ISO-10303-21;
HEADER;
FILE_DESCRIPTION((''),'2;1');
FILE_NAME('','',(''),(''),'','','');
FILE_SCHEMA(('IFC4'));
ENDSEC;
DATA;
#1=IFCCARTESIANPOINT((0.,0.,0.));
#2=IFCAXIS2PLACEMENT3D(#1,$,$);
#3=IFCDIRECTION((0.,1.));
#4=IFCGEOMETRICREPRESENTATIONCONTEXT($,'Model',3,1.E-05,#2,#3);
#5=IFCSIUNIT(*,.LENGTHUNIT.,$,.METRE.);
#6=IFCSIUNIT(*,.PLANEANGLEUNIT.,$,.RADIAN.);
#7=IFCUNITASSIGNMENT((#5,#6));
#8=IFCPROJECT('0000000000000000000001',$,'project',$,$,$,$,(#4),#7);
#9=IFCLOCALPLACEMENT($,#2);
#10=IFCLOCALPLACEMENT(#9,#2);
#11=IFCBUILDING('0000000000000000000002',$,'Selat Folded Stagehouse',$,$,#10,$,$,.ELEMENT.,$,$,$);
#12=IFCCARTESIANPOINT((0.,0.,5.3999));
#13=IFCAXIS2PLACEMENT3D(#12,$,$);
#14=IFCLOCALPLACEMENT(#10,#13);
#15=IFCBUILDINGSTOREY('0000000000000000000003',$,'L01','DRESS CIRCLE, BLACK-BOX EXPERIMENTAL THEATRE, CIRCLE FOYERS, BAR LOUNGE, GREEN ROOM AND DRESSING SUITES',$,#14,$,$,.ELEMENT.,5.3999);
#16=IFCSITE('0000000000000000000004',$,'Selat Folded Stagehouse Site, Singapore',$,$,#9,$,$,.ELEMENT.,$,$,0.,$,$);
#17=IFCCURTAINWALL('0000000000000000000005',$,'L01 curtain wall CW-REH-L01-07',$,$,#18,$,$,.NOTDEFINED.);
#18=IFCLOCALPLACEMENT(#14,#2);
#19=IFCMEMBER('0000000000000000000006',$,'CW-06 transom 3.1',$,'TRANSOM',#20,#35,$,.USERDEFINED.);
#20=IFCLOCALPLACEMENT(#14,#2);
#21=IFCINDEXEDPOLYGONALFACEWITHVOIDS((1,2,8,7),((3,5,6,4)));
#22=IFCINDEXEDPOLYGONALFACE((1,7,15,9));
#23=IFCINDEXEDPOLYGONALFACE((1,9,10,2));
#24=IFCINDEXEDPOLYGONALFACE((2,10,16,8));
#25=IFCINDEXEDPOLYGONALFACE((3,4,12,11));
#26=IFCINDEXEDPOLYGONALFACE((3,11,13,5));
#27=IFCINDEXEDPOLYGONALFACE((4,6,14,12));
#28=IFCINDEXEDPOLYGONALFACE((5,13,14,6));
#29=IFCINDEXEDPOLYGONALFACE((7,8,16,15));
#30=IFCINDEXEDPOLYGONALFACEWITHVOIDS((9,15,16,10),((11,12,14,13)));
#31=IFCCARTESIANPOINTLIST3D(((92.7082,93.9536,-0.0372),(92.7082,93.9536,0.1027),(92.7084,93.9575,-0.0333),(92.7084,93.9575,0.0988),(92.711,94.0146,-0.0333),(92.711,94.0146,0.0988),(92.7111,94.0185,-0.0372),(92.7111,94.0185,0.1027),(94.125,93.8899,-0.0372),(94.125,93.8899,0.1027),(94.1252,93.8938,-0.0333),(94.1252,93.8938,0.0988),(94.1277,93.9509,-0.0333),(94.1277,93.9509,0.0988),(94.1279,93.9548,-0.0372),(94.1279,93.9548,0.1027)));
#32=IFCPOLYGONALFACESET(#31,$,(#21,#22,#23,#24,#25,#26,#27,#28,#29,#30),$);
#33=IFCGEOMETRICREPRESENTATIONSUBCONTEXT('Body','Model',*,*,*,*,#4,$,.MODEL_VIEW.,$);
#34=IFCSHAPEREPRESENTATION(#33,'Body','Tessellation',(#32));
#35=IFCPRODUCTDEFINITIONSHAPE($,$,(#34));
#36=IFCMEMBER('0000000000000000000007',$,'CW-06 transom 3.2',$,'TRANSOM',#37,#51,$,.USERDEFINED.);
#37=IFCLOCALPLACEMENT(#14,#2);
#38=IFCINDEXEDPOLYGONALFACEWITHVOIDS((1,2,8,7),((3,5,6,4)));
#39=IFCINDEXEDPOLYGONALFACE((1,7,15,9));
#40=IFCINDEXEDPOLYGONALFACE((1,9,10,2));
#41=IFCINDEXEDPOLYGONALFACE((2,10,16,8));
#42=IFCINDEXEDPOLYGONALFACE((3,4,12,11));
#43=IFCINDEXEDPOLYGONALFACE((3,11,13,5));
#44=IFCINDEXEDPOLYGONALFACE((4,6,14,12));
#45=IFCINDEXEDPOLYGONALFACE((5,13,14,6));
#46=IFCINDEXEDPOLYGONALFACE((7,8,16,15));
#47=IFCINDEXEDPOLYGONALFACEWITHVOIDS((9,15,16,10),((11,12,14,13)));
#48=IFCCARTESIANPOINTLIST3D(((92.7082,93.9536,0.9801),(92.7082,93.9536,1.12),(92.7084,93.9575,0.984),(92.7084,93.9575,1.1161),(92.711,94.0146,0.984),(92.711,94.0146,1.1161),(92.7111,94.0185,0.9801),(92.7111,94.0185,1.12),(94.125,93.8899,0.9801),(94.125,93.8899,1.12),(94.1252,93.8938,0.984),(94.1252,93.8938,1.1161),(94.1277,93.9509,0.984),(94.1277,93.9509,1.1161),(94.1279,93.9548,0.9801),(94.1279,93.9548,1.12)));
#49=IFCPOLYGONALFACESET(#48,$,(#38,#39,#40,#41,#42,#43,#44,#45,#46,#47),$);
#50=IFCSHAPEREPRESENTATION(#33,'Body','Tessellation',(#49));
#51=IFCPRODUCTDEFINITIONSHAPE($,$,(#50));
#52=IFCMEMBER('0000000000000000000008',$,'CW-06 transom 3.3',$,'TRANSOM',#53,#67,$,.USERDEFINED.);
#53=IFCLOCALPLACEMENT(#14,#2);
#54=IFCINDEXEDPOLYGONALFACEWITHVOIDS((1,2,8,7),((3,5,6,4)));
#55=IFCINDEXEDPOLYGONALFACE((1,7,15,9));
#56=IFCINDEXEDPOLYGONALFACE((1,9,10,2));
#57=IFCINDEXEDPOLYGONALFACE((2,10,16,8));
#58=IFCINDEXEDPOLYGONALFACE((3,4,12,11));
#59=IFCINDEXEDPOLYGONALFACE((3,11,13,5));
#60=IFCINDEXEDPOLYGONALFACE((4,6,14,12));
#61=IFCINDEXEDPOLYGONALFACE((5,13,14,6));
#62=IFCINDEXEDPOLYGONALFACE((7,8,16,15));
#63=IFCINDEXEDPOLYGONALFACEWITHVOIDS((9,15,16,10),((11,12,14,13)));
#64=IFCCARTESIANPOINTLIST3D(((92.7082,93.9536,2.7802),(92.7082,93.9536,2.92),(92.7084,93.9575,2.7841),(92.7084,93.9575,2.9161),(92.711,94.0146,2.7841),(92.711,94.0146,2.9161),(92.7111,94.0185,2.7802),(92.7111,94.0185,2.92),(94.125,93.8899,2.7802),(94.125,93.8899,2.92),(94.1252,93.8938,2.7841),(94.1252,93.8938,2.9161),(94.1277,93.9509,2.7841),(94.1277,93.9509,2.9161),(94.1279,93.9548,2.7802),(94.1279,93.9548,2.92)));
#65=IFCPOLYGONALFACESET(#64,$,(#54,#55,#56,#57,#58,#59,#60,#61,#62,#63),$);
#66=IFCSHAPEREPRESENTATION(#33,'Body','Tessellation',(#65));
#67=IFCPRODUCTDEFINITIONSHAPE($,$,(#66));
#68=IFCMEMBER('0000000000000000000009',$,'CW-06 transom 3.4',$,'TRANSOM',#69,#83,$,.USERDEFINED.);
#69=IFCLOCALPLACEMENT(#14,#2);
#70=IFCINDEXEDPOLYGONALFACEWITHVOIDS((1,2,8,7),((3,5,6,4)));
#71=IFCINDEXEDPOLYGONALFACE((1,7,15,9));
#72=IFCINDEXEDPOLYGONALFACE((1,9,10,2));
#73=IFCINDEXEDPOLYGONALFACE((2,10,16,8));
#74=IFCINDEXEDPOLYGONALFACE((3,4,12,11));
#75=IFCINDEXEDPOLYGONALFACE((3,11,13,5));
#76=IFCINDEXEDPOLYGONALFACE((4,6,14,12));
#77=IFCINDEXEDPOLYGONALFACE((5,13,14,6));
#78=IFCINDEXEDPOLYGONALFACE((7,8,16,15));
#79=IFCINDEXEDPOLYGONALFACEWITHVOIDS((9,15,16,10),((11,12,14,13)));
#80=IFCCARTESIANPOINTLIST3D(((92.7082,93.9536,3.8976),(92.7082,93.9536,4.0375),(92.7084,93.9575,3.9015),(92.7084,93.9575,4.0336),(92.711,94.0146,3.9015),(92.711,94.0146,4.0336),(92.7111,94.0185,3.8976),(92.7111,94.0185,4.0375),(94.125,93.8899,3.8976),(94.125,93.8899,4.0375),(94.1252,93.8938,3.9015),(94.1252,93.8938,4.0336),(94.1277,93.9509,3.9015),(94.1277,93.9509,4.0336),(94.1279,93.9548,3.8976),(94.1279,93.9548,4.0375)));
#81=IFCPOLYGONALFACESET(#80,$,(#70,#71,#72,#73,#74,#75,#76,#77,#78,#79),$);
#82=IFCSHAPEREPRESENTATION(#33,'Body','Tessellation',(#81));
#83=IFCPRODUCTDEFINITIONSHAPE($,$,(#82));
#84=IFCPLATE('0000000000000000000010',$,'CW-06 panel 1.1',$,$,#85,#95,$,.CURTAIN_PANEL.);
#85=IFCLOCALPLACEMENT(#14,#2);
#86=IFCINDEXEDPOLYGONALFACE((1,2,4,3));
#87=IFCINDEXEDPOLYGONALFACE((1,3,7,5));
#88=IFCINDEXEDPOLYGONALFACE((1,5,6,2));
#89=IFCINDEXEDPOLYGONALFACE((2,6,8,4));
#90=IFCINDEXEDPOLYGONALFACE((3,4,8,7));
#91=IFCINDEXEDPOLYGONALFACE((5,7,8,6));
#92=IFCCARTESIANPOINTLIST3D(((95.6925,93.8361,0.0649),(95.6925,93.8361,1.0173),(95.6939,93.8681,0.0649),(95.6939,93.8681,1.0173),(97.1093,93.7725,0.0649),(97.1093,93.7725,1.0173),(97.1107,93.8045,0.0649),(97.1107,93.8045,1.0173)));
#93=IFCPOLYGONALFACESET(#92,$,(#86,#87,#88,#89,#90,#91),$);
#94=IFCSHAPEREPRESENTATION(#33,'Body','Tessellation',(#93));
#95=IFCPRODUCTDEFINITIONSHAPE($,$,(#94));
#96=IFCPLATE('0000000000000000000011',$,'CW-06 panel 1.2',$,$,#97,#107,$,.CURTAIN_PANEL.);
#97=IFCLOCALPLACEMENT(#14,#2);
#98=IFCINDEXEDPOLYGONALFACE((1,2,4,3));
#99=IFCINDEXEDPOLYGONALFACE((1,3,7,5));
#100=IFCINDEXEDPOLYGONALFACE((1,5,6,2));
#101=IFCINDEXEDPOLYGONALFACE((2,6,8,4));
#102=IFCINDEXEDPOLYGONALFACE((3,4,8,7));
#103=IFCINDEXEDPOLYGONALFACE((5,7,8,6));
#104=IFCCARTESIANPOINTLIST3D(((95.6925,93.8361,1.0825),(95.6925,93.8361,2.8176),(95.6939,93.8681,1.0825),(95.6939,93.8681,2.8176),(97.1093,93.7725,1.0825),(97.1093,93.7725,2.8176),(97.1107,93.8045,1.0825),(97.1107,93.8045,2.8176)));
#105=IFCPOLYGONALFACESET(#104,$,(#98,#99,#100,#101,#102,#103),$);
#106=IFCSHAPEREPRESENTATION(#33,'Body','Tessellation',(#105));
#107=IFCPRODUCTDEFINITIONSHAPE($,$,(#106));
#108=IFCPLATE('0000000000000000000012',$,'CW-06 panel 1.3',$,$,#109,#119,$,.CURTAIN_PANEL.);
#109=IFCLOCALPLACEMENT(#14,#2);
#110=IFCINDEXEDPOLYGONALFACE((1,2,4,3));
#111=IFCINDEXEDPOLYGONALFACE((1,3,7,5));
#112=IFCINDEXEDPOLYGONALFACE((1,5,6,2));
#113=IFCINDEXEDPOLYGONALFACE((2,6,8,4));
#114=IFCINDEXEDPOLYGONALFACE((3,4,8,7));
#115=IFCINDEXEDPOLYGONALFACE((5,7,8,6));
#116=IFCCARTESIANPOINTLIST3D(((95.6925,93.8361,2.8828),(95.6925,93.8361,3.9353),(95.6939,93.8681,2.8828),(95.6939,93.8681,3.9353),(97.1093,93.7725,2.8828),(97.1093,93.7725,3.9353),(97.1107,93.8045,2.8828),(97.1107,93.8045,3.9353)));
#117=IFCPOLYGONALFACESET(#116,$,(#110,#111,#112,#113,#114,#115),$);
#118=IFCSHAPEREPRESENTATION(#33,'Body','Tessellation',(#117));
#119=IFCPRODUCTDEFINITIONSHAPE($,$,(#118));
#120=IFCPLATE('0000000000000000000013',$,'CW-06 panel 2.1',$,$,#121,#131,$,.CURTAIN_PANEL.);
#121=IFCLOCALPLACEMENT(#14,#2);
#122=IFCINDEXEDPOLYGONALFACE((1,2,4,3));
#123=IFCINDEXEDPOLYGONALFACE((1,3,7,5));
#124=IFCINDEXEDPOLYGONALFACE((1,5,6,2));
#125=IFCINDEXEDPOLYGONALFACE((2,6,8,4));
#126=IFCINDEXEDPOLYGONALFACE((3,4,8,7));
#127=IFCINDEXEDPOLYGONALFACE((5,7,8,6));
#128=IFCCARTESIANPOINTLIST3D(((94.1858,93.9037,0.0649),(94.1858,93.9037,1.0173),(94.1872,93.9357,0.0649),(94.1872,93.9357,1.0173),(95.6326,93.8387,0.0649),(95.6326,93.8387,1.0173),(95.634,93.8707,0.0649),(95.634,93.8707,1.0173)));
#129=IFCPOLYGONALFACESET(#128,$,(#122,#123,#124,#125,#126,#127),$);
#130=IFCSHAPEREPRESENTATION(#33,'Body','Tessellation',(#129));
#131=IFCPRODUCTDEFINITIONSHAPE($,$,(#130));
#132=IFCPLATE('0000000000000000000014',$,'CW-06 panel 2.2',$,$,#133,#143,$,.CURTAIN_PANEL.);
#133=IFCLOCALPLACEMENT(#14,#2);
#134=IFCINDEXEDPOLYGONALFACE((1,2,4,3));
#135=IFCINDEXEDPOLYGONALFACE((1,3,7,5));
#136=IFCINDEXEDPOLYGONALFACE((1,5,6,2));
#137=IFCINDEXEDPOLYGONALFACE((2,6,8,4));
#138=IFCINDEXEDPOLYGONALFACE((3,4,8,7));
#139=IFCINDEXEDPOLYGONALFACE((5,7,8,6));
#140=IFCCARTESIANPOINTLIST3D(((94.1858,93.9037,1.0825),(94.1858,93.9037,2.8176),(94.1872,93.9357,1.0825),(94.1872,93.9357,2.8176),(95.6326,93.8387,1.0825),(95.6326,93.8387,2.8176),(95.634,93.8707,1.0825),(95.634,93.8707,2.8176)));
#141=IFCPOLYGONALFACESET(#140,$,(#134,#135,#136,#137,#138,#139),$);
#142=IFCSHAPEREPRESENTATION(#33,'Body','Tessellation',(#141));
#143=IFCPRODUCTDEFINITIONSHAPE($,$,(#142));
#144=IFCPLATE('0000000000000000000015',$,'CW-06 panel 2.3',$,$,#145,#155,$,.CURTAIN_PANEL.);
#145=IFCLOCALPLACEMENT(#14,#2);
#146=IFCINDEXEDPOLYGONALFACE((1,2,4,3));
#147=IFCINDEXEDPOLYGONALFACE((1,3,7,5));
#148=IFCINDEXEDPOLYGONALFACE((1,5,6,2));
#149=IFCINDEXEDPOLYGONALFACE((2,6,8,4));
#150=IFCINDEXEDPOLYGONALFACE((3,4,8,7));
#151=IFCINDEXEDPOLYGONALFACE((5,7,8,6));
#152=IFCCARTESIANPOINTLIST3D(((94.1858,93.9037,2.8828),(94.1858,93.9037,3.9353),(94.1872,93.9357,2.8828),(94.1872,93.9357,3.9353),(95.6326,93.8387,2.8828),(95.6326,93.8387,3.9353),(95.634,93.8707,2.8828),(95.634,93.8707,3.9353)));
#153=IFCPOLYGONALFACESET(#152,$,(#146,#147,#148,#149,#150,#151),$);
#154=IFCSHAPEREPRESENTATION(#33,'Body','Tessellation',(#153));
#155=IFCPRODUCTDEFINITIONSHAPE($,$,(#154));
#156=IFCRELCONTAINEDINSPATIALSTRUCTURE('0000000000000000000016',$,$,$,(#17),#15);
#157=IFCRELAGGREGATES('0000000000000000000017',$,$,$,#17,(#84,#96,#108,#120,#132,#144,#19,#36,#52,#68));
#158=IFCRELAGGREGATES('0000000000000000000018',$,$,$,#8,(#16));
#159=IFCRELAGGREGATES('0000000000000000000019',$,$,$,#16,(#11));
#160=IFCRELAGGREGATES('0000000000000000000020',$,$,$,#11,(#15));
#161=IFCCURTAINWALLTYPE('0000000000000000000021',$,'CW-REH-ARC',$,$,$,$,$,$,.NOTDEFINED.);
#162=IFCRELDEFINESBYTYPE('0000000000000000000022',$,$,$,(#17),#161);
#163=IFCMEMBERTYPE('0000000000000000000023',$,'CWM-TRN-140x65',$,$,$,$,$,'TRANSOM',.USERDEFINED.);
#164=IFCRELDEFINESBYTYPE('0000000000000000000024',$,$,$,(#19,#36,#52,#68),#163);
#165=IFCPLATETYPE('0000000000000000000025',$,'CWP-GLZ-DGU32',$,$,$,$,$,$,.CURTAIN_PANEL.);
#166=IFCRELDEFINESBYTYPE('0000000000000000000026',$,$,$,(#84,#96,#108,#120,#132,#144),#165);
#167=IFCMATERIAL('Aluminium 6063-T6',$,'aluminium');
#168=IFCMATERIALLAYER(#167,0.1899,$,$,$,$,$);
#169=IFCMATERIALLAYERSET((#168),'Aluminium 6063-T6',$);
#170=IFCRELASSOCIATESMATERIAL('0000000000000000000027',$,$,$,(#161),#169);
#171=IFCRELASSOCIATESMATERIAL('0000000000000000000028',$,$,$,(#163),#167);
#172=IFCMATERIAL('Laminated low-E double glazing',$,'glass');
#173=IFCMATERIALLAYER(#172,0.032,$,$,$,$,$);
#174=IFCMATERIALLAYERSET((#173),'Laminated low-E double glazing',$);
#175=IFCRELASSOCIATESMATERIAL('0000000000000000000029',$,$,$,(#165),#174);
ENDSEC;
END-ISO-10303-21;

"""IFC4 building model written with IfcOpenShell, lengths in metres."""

from ifc_helpers import new_model, si_unit, direction, frame, origin, origin_2d, place, context, subcontext, project, spatial, rectangle, hollow_rectangle, extrude, material, layer, layer_set, material_profile, profile_set, type_object, element, aggregate, save


model = new_model("IFC4")

# Units and contexts
model_context = context("Model", 3, precision=1e-05, world=origin(), true_north=direction((0.0, 1.0)))
body_context = subcontext(model_context, "Body", "Model", "MODEL_VIEW")
ifc_project = project(units=[si_unit("LENGTHUNIT", "METRE"), si_unit("PLANEANGLEUNIT", "RADIAN")], contexts=[model_context])

# Site, building, storey
site_placement = place(None, origin())
site = spatial("IfcSite", under=ifc_project, at=site_placement, Name="Selat Folded Stagehouse Site, Singapore", CompositionType="ELEMENT", RefElevation=0.0)
building_placement = place(site_placement, origin())
building = spatial("IfcBuilding", under=site, at=building_placement, Name="Selat Folded Stagehouse", CompositionType="ELEMENT")
storey_placement = place(building_placement, frame((0.0, 0.0, 5.3999)))
storey = spatial("IfcBuildingStorey", under=building, at=storey_placement, Name="L01", Description="DRESS CIRCLE, BLACK-BOX EXPERIMENTAL THEATRE, CIRCLE FOYERS, BAR LOUNGE, GREEN ROOM AND DRESSING SUITES", CompositionType="ELEMENT", Elevation=5.3999)

# Curtain wall, members, plates
ifc_material_1 = material(Name="Aluminium 6063-T6", Category="aluminium")
ifc_layer_1 = layer(ifc_material_1, 0.1899)
ifc_layer_set_1 = layer_set([ifc_layer_1], Name="Aluminium 6063-T6")
curtain_wall_type = type_object("IfcCurtainWallType", Name="CW-REH-ARC", PredefinedType="NOTDEFINED", material=ifc_layer_set_1)
curtain_wall_placement = place(storey_placement, origin())
curtain_wall = element("IfcCurtainWall", 1, at=curtain_wall_placement, inside=storey, type_object=curtain_wall_type, Name="L01 curtain wall CW-REH-L01-07", PredefinedType="NOTDEFINED")
ifc_material_profile_1 = material_profile(ifc_material_1, hollow_rectangle(XDim=0.0649, YDim=0.1399, WallThickness=0.0039, at=origin_2d()), Name="ALU 140x65x4.0")
ifc_profile_set_1 = profile_set([ifc_material_profile_1], Name="Aluminium 6063-T6")
member_type_1 = type_object("IfcMemberType", Name="CWM-TRN-140x65", ElementType="TRANSOM", PredefinedType="USERDEFINED", material=ifc_profile_set_1)
member_1_placement = place(storey_placement, frame((94.1265, 93.9224, 0.0327), z_axis=(-0.99899, 0.044931, 0.0), x_axis=(-0.044931, -0.99899, 0.0)))
member_1 = element("IfcMember", 2, at=member_1_placement, type_object=member_type_1, Name="CW-06 transom 3.1", ObjectType="TRANSOM", PredefinedType="USERDEFINED", context=body_context, shape_type="SweptSolid", body=[
    extrude(hollow_rectangle(XDim=0.0649, YDim=0.1399, WallThickness=0.0039, at=origin_2d()), origin(), (0.0, 0.0, 1.0), 1.4182),
])
member_2_placement = place(storey_placement, frame((94.1265, 93.9224, 1.05), z_axis=(-0.99899, 0.044931, 0.0), x_axis=(-0.044931, -0.99899, 0.0)))
member_2 = element("IfcMember", 3, at=member_2_placement, type_object=member_type_1, Name="CW-06 transom 3.2", ObjectType="TRANSOM", PredefinedType="USERDEFINED", context=body_context, shape_type="SweptSolid", body=[
    extrude(hollow_rectangle(XDim=0.0649, YDim=0.1399, WallThickness=0.0039, at=origin_2d()), origin(), (0.0, 0.0, 1.0), 1.4182),
])
member_3_placement = place(storey_placement, frame((94.1265, 93.9224, 2.8501), z_axis=(-0.99899, 0.044931, 0.0), x_axis=(-0.044931, -0.99899, 0.0)))
member_3 = element("IfcMember", 4, at=member_3_placement, type_object=member_type_1, Name="CW-06 transom 3.3", ObjectType="TRANSOM", PredefinedType="USERDEFINED", context=body_context, shape_type="SweptSolid", body=[
    extrude(hollow_rectangle(XDim=0.0649, YDim=0.1399, WallThickness=0.0039, at=origin_2d()), origin(), (0.0, 0.0, 1.0), 1.4182),
])
member_4_placement = place(storey_placement, frame((94.1265, 93.9224, 3.9675), z_axis=(-0.99899, 0.044931, 0.0), x_axis=(-0.044931, -0.99899, 0.0)))
member_4 = element("IfcMember", 5, at=member_4_placement, type_object=member_type_1, Name="CW-06 transom 3.4", ObjectType="TRANSOM", PredefinedType="USERDEFINED", context=body_context, shape_type="SweptSolid", body=[
    extrude(hollow_rectangle(XDim=0.0649, YDim=0.1399, WallThickness=0.0039, at=origin_2d()), origin(), (0.0, 0.0, 1.0), 1.4182),
])
ifc_material_2 = material(Name="Laminated low-E double glazing", Category="glass")
ifc_layer_2 = layer(ifc_material_2, 0.032)
ifc_layer_set_2 = layer_set([ifc_layer_2], Name="Laminated low-E double glazing")
plate_type = type_object("IfcPlateType", Name="CWP-GLZ-DGU32", PredefinedType="CURTAIN_PANEL", material=ifc_layer_set_2)
plate_1_placement = place(storey_placement, frame((96.4016, 93.8203, 0.0649), z_axis=(0.0, 0.0, 1.0), x_axis=(-0.998993, 0.044862, 0.0)))
plate_1 = element("IfcPlate", 6, at=plate_1_placement, type_object=plate_type, Name="CW-06 panel 1.1", PredefinedType="CURTAIN_PANEL", context=body_context, shape_type="SweptSolid", body=[
    extrude(rectangle(XDim=1.4182, YDim=0.032, at=origin_2d()), origin(), (0.0, 0.0, 1.0), 0.9524),
])
plate_2_placement = place(storey_placement, frame((96.4016, 93.8203, 1.0825), z_axis=(0.0, 0.0, 1.0), x_axis=(-0.998993, 0.044862, 0.0)))
plate_2 = element("IfcPlate", 7, at=plate_2_placement, type_object=plate_type, Name="CW-06 panel 1.2", PredefinedType="CURTAIN_PANEL", context=body_context, shape_type="SweptSolid", body=[
    extrude(rectangle(XDim=1.4182, YDim=0.032, at=origin_2d()), origin(), (0.0, 0.0, 1.0), 1.7351),
])
plate_3_placement = place(storey_placement, frame((96.4016, 93.8203, 2.8828), z_axis=(0.0, 0.0, 1.0), x_axis=(-0.998993, 0.044862, 0.0)))
plate_3 = element("IfcPlate", 8, at=plate_3_placement, type_object=plate_type, Name="CW-06 panel 1.3", PredefinedType="CURTAIN_PANEL", context=body_context, shape_type="SweptSolid", body=[
    extrude(rectangle(XDim=1.4182, YDim=0.032, at=origin_2d()), origin(), (0.0, 0.0, 1.0), 1.0525),
])
plate_4_placement = place(storey_placement, frame((94.9099, 93.8872, 0.0649), z_axis=(0.0, 0.0, 1.0), x_axis=(-0.998993, 0.044862, 0.0)))
plate_4 = element("IfcPlate", 9, at=plate_4_placement, type_object=plate_type, Name="CW-06 panel 2.1", PredefinedType="CURTAIN_PANEL", context=body_context, shape_type="SweptSolid", body=[
    extrude(rectangle(XDim=1.4482, YDim=0.032, at=origin_2d()), origin(), (0.0, 0.0, 1.0), 0.9524),
])
plate_5_placement = place(storey_placement, frame((94.9099, 93.8872, 1.0825), z_axis=(0.0, 0.0, 1.0), x_axis=(-0.998993, 0.044862, 0.0)))
plate_5 = element("IfcPlate", 10, at=plate_5_placement, type_object=plate_type, Name="CW-06 panel 2.2", PredefinedType="CURTAIN_PANEL", context=body_context, shape_type="SweptSolid", body=[
    extrude(rectangle(XDim=1.4482, YDim=0.032, at=origin_2d()), origin(), (0.0, 0.0, 1.0), 1.7351),
])
plate_6_placement = place(storey_placement, frame((94.9099, 93.8872, 2.8828), z_axis=(0.0, 0.0, 1.0), x_axis=(-0.998993, 0.044862, 0.0)))
plate_6 = element("IfcPlate", 11, at=plate_6_placement, type_object=plate_type, Name="CW-06 panel 2.3", PredefinedType="CURTAIN_PANEL", context=body_context, shape_type="SweptSolid", body=[
    extrude(rectangle(XDim=1.4482, YDim=0.032, at=origin_2d()), origin(), (0.0, 0.0, 1.0), 1.0525),
])
aggregate(curtain_wall, [plate_1, plate_2, plate_3, plate_4, plate_5, plate_6, member_1, member_2, member_3, member_4])

save(model, "model.ifc")
